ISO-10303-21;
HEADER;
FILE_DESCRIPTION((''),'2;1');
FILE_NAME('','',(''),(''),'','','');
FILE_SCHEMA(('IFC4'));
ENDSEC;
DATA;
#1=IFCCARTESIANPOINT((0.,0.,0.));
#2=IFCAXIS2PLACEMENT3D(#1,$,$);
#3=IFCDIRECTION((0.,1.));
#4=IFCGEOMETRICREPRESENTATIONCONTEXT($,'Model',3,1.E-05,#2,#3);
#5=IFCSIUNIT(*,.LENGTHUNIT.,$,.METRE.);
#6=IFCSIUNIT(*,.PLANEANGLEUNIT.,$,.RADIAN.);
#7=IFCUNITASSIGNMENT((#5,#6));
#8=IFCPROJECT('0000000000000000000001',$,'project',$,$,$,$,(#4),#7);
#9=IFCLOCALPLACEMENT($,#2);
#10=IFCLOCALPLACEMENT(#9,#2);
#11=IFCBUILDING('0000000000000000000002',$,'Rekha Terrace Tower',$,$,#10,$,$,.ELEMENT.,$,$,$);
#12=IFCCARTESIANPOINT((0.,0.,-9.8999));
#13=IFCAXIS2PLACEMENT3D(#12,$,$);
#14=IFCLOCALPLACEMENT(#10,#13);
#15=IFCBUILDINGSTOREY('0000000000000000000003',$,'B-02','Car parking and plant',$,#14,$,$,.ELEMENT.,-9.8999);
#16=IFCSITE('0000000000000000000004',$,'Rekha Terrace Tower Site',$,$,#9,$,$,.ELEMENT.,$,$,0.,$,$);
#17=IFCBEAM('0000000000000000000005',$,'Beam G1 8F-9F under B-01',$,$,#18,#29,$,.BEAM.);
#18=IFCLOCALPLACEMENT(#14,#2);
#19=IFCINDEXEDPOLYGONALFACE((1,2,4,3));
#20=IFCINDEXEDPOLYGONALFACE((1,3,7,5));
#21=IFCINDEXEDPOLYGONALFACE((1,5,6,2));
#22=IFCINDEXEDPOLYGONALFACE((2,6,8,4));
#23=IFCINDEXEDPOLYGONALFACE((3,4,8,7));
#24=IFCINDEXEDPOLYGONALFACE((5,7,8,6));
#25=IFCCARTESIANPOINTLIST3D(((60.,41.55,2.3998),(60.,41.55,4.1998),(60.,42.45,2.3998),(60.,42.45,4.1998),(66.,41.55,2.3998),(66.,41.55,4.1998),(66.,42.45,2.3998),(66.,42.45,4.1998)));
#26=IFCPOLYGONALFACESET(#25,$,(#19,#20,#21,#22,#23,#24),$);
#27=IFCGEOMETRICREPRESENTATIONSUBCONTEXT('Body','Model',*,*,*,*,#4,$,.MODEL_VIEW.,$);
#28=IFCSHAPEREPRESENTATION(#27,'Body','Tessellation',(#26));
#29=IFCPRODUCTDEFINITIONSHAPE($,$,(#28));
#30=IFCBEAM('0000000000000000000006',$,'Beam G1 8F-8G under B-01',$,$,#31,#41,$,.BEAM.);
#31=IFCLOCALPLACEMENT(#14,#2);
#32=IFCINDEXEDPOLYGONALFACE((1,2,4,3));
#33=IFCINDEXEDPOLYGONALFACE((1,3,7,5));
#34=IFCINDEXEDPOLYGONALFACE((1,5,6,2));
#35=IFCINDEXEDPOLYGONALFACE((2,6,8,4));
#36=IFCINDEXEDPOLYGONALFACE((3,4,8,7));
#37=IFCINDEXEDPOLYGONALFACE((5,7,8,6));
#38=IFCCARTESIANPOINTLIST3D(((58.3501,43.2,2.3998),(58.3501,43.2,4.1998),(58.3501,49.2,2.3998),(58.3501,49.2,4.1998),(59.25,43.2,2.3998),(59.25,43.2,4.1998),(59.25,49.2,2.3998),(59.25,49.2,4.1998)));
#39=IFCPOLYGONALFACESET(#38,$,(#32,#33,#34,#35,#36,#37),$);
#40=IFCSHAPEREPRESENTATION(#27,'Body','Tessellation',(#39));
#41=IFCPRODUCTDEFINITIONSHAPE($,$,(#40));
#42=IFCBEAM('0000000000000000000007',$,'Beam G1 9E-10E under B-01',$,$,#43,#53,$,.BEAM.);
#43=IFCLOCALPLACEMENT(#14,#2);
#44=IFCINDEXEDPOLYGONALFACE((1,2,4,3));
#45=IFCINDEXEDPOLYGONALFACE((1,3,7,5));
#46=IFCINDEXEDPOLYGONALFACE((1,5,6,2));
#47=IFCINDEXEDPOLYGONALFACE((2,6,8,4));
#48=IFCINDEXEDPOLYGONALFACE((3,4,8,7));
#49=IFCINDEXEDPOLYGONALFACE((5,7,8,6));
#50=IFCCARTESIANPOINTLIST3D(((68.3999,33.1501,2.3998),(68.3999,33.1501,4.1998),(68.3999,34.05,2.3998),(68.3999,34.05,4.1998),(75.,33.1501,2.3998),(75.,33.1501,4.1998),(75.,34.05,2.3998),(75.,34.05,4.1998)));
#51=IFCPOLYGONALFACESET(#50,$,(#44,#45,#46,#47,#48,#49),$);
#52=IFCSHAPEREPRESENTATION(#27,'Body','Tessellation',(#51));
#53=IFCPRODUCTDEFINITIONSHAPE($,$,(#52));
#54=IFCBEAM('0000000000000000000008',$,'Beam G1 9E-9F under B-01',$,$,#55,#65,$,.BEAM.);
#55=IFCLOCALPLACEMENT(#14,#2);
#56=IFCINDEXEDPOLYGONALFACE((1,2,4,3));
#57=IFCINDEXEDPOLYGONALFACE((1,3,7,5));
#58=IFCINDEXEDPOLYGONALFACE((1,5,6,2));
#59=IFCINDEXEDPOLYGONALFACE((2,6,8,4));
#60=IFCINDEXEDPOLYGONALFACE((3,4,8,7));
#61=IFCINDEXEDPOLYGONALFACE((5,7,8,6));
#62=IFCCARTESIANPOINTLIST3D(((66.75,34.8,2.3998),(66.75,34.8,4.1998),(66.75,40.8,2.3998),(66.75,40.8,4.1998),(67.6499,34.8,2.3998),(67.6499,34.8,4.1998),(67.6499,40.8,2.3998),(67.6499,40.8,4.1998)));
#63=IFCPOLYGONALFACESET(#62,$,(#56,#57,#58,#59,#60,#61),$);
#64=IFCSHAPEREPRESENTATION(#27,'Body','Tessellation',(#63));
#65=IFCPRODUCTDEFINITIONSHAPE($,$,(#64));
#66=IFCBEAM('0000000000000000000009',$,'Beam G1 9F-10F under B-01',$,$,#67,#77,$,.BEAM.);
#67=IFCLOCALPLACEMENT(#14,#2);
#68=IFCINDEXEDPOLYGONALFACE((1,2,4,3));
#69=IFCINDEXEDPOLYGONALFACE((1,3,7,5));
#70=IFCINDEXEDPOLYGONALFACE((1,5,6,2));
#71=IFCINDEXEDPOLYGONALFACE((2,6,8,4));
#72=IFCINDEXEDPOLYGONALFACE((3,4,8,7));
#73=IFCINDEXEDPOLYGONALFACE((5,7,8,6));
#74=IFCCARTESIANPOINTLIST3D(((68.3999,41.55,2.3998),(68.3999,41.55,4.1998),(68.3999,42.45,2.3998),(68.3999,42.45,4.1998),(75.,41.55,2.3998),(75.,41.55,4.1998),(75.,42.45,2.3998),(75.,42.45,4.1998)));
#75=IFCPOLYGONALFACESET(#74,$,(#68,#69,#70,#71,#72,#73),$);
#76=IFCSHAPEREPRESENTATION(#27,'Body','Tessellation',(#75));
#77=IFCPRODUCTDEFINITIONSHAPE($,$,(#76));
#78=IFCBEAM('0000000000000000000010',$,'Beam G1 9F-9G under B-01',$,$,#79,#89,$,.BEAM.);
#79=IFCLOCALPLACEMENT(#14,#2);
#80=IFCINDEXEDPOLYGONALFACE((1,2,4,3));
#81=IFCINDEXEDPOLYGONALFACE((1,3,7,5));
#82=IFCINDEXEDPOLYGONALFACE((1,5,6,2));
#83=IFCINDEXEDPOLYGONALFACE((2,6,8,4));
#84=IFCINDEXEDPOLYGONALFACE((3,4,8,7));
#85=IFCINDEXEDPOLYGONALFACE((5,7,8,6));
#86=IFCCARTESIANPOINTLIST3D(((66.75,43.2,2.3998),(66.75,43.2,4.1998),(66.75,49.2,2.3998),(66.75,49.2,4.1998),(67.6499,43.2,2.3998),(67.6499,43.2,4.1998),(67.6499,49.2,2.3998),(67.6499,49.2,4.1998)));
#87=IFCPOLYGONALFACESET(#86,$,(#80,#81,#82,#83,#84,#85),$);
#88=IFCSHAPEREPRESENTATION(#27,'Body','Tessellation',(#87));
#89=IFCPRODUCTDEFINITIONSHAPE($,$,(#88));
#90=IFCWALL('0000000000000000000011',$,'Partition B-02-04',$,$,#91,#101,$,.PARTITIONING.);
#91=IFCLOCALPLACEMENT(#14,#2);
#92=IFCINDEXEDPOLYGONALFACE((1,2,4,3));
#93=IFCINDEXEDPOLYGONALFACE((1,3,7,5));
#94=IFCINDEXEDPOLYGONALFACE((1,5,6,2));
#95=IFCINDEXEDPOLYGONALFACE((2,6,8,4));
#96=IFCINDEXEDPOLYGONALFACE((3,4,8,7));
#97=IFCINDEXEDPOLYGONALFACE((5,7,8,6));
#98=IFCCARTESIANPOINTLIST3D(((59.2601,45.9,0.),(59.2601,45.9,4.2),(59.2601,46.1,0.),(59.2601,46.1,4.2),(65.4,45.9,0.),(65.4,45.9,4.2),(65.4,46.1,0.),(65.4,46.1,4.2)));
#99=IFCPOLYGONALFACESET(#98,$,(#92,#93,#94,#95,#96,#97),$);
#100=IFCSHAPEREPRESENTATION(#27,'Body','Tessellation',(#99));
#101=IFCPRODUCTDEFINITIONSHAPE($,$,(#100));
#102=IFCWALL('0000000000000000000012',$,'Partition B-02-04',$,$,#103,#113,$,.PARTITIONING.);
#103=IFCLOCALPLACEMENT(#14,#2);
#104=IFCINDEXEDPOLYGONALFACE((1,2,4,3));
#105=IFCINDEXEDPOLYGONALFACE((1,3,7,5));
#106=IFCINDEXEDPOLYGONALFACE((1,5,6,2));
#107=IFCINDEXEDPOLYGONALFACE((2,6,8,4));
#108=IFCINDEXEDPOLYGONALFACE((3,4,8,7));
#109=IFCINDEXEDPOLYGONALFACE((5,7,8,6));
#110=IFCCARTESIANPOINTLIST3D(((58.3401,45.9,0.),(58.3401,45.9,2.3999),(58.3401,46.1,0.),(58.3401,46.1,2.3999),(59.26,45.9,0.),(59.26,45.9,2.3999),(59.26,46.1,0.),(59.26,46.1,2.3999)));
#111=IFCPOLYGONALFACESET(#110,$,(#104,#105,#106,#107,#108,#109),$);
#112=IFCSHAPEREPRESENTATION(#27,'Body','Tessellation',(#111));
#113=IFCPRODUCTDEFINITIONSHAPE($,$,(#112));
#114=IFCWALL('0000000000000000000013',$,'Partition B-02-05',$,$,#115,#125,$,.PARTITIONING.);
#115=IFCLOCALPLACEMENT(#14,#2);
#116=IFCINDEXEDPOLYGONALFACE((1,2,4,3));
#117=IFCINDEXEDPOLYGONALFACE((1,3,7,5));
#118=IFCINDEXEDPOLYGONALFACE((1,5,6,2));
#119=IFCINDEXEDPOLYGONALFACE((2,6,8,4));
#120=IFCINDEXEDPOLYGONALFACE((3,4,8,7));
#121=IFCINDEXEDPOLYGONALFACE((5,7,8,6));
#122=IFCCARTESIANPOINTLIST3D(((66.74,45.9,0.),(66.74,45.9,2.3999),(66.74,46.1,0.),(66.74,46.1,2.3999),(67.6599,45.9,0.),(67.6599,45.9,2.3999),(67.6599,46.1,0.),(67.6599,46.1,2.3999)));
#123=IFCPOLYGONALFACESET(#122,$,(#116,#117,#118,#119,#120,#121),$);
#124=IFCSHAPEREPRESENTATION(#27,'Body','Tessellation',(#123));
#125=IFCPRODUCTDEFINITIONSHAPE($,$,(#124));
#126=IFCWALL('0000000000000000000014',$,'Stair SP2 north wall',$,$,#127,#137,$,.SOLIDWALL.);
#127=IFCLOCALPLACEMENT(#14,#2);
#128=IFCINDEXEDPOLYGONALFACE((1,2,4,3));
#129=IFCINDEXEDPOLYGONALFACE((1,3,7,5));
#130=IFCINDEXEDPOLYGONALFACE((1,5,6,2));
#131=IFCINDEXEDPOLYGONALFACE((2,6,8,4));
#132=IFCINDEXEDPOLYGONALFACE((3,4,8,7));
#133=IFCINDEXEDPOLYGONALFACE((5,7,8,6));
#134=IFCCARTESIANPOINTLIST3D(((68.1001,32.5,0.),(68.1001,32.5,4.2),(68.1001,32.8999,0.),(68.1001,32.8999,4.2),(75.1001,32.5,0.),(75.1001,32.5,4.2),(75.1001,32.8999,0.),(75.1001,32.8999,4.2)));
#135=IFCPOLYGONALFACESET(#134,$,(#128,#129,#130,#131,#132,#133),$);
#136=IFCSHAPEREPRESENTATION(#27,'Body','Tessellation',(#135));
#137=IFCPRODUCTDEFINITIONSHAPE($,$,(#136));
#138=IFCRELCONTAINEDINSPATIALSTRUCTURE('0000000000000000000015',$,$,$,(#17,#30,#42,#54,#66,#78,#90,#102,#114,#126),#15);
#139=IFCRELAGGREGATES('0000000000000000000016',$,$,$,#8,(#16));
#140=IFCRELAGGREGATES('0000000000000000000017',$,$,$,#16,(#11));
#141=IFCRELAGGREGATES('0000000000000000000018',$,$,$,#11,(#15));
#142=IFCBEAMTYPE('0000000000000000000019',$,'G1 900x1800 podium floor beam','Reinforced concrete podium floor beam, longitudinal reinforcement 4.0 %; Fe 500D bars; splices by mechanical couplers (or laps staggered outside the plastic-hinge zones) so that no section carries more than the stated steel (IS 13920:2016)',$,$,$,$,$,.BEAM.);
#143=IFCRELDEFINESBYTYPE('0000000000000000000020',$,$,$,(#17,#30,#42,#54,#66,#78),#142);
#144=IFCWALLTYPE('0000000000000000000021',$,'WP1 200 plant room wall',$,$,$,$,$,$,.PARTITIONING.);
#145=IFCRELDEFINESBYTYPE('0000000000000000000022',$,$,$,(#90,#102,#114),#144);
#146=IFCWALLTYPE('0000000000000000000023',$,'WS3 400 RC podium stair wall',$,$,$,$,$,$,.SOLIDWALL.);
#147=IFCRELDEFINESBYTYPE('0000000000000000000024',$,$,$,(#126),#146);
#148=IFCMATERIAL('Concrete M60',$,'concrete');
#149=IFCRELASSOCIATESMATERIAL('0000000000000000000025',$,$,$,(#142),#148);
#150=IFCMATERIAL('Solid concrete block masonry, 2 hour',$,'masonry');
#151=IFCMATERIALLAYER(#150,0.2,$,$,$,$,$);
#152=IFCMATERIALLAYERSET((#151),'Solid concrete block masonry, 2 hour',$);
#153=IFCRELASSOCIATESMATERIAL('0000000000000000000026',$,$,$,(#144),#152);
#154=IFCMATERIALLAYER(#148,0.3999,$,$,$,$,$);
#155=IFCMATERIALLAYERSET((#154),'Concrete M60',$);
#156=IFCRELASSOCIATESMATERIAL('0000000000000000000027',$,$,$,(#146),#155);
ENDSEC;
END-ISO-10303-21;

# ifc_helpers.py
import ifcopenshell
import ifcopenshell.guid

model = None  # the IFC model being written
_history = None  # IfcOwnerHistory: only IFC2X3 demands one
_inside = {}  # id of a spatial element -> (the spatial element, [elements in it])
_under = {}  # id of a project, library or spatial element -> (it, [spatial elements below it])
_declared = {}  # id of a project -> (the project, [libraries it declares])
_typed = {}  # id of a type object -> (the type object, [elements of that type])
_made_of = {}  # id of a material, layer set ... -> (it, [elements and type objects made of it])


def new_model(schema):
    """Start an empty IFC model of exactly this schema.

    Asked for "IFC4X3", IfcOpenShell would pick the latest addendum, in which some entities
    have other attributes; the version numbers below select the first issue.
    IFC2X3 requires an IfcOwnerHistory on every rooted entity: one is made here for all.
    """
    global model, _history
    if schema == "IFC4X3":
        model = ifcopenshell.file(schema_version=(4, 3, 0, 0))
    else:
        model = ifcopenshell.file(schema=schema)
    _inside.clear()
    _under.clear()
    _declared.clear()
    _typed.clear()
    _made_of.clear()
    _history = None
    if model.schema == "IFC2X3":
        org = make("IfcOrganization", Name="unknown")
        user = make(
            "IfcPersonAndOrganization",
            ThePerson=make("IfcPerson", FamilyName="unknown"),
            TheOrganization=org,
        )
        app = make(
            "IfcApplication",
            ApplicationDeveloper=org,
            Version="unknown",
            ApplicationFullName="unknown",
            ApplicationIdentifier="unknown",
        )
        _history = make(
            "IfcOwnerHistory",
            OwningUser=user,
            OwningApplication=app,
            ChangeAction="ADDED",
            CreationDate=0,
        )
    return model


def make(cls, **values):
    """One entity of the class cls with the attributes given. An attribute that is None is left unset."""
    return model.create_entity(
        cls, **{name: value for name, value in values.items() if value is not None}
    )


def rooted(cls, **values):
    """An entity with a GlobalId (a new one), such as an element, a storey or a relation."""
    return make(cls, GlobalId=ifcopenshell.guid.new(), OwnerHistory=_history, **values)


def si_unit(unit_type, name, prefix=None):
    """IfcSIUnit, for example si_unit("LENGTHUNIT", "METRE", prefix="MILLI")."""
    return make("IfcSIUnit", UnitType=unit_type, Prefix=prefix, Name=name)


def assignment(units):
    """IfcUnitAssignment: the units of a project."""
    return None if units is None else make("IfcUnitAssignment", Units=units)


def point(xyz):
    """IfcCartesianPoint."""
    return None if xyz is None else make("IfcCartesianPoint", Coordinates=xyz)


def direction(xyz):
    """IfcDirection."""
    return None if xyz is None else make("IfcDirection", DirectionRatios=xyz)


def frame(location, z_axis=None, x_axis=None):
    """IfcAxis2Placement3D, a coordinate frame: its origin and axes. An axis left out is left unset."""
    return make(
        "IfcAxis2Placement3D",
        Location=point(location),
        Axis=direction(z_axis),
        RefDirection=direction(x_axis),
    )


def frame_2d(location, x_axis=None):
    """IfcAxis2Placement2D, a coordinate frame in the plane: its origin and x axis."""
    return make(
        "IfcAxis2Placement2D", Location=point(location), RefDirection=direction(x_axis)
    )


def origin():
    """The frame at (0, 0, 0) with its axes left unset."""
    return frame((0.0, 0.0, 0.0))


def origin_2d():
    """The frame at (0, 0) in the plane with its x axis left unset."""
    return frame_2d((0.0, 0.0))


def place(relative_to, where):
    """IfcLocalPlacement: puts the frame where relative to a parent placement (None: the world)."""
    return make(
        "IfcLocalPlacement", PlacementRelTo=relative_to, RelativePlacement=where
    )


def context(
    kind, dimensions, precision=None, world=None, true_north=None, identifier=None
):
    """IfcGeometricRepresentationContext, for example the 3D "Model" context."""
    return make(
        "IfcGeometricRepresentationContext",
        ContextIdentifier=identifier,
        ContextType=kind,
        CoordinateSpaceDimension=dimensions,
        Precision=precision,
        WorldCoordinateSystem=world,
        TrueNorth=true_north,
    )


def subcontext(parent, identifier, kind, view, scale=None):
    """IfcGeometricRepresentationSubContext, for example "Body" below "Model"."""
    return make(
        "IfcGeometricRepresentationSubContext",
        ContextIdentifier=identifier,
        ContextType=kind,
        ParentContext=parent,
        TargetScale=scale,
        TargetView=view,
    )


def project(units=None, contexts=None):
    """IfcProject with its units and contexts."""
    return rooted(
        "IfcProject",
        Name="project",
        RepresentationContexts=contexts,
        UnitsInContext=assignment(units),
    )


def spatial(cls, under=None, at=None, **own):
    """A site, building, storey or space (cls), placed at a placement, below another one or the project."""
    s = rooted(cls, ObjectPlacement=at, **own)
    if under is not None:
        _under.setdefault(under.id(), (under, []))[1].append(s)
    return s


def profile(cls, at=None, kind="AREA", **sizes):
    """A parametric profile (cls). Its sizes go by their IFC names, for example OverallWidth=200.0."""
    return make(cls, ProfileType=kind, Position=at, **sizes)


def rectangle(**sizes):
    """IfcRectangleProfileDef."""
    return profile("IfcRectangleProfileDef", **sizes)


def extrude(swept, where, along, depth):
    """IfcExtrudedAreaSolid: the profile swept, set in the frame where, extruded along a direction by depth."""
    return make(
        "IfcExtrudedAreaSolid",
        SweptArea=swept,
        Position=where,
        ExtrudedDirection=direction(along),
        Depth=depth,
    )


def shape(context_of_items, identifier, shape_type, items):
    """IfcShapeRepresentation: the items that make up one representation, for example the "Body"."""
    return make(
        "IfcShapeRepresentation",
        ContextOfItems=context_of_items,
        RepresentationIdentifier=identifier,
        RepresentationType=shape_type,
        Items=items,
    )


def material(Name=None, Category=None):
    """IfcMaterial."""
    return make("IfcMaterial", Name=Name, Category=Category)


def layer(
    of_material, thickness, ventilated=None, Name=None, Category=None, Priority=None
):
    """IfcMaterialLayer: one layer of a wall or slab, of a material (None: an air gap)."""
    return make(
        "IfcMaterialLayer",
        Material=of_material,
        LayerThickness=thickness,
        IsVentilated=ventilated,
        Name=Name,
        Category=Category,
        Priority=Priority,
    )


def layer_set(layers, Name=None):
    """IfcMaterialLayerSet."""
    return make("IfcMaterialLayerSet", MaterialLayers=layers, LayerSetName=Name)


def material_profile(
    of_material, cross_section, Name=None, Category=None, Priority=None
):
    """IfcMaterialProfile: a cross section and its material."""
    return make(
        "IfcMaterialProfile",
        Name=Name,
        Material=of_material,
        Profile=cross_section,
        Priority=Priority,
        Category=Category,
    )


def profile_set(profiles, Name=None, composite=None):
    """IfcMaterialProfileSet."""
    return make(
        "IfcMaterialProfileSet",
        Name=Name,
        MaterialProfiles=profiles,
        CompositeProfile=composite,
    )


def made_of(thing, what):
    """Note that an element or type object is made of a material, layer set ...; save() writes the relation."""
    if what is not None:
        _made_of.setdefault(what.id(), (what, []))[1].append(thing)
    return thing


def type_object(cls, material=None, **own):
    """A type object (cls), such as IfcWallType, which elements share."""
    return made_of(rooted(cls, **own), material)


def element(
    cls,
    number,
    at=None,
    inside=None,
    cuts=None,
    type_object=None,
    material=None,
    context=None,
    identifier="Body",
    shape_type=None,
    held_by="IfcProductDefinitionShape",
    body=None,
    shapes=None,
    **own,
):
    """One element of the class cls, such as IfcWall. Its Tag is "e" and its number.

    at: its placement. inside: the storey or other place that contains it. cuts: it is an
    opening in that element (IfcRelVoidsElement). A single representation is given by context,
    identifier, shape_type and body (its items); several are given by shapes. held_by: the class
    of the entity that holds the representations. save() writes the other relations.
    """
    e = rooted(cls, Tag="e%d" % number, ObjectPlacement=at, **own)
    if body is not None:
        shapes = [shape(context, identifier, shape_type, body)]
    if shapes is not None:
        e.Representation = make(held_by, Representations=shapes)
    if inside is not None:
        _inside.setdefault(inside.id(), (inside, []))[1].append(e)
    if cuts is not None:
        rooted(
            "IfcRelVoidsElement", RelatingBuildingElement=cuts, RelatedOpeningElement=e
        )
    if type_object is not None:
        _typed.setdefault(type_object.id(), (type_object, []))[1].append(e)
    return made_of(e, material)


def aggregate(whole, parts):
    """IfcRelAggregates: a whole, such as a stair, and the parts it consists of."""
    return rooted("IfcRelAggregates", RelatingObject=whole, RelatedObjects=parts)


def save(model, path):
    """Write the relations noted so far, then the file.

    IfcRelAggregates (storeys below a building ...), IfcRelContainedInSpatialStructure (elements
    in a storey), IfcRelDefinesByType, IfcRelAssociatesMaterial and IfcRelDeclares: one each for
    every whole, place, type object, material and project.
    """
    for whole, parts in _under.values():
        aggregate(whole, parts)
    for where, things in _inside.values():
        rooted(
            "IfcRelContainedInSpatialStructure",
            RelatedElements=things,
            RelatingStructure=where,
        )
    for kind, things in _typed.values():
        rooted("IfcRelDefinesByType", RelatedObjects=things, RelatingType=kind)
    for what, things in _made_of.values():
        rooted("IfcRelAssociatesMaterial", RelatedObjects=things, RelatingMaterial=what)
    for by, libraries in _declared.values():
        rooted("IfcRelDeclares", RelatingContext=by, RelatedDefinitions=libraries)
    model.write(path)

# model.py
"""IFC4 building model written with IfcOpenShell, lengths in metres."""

from ifc_helpers import new_model, si_unit, direction, frame, frame_2d, origin, origin_2d, place, context, subcontext, project, spatial, rectangle, extrude, material, layer, layer_set, material_profile, profile_set, type_object, element, save


model = new_model("IFC4")

# Units and contexts
model_context = context("Model", 3, precision=1e-05, world=origin(), true_north=direction((0.0, 1.0)))
body_context = subcontext(model_context, "Body", "Model", "MODEL_VIEW")
ifc_project = project(units=[si_unit("LENGTHUNIT", "METRE"), si_unit("PLANEANGLEUNIT", "RADIAN")], contexts=[model_context])

# Site, building, storey
site_placement = place(None, origin())
site = spatial("IfcSite", under=ifc_project, at=site_placement, Name="Rekha Terrace Tower Site", CompositionType="ELEMENT", RefElevation=0.0)
building_placement = place(site_placement, origin())
building = spatial("IfcBuilding", under=site, at=building_placement, Name="Rekha Terrace Tower", CompositionType="ELEMENT")
storey_placement = place(building_placement, frame((0.0, 0.0, -9.8999)))
storey = spatial("IfcBuildingStorey", under=building, at=storey_placement, Name="B-02", Description="Car parking and plant", CompositionType="ELEMENT", Elevation=-9.8999)

# Shared definitions
ifc_material_1 = material(Name="Concrete M60", Category="concrete")

# Beams
ifc_material_profile_1 = material_profile(ifc_material_1, rectangle(XDim=0.8999, YDim=1.8, at=origin_2d()), Name="RC 900x1800")
ifc_profile_set_1 = profile_set([ifc_material_profile_1], Name="Concrete M60")
beam_type = type_object("IfcBeamType", Name="G1 900x1800 podium floor beam", Description="Reinforced concrete podium floor beam, longitudinal reinforcement 4.0 %; Fe 500D bars; splices by mechanical couplers (or laps staggered outside the plastic-hinge zones) so that no section carries more than the stated steel (IS 13920:2016)", PredefinedType="BEAM", material=ifc_profile_set_1)
for number, where, z_axis, x_axis, name in (
    (1, (60.0, 42.0, 3.2998), (1.0, 0.0, 0.0), (0.0, 1.0, 0.0), "Beam G1 8F-9F under B-01"),
    (2, (58.8, 43.2, 3.2998), (0.0, 1.0, 0.0), (-1.0, 0.0, 0.0), "Beam G1 8F-8G under B-01"),
):
    element("IfcBeam", number, at=place(storey_placement, frame(where, z_axis=z_axis, x_axis=x_axis)), inside=storey, type_object=beam_type, Name=name, PredefinedType="BEAM", context=body_context, shape_type="SweptSolid", body=[
        extrude(rectangle(XDim=0.8999, YDim=1.8, at=origin_2d()), origin(), (0.0, 0.0, 1.0), 6.0),
    ])
beam_1_placement = place(storey_placement, frame((68.3999, 33.6001, 3.2998), z_axis=(1.0, 0.0, 0.0), x_axis=(0.0, 1.0, 0.0)))
element("IfcBeam", 3, at=beam_1_placement, inside=storey, type_object=beam_type, Name="Beam G1 9E-10E under B-01", PredefinedType="BEAM", context=body_context, shape_type="SweptSolid", body=[
    extrude(rectangle(XDim=0.8999, YDim=1.8, at=origin_2d()), origin(), (0.0, 0.0, 1.0), 6.6001),
])
beam_2_placement = place(storey_placement, frame((67.2, 34.8, 3.2998), z_axis=(0.0, 1.0, 0.0), x_axis=(-1.0, 0.0, 0.0)))
element("IfcBeam", 4, at=beam_2_placement, inside=storey, type_object=beam_type, Name="Beam G1 9E-9F under B-01", PredefinedType="BEAM", context=body_context, shape_type="SweptSolid", body=[
    extrude(rectangle(XDim=0.8999, YDim=1.8, at=origin_2d()), origin(), (0.0, 0.0, 1.0), 6.0),
])
beam_3_placement = place(storey_placement, frame((68.3999, 42.0, 3.2998), z_axis=(1.0, 0.0, 0.0), x_axis=(0.0, 1.0, 0.0)))
element("IfcBeam", 5, at=beam_3_placement, inside=storey, type_object=beam_type, Name="Beam G1 9F-10F under B-01", PredefinedType="BEAM", context=body_context, shape_type="SweptSolid", body=[
    extrude(rectangle(XDim=0.8999, YDim=1.8, at=origin_2d()), origin(), (0.0, 0.0, 1.0), 6.6001),
])
beam_4_placement = place(storey_placement, frame((67.2, 43.2, 3.2998), z_axis=(0.0, 1.0, 0.0), x_axis=(-1.0, 0.0, 0.0)))
element("IfcBeam", 6, at=beam_4_placement, inside=storey, type_object=beam_type, Name="Beam G1 9F-9G under B-01", PredefinedType="BEAM", context=body_context, shape_type="SweptSolid", body=[
    extrude(rectangle(XDim=0.8999, YDim=1.8, at=origin_2d()), origin(), (0.0, 0.0, 1.0), 6.0),
])

# Walls
ifc_material_2 = material(Name="Solid concrete block masonry, 2 hour", Category="masonry")
ifc_layer_1 = layer(ifc_material_2, 0.2)
ifc_layer_set_1 = layer_set([ifc_layer_1], Name="Solid concrete block masonry, 2 hour")
wall_type_1 = type_object("IfcWallType", Name="WP1 200 plant room wall", PredefinedType="PARTITIONING", material=ifc_layer_set_1)
wall_1_placement = place(storey_placement, frame((65.3999, 46.0, 0.0), z_axis=(0.0, 0.0, 1.0), x_axis=(-1.0, 0.0, 0.0)))
element("IfcWall", 7, at=wall_1_placement, inside=storey, type_object=wall_type_1, Name="Partition B-02-04", PredefinedType="PARTITIONING", context=body_context, shape_type="SweptSolid", body=[
    extrude(rectangle(XDim=6.1399, YDim=0.2, at=frame_2d((3.0698, 0.0))), origin(), (0.0, 0.0, 1.0), 4.2),
])
for number, where, z_axis, x_axis, name in (
    (8, (59.26, 46.0, 0.0), (0.0, 0.0, 1.0), (-1.0, 0.0, 0.0), "Partition B-02-04"),
    (9, (67.6599, 46.0, 0.0), (0.0, 0.0, 1.0), (-1.0, 0.0, 0.0), "Partition B-02-05"),
):
    element("IfcWall", number, at=place(storey_placement, frame(where, z_axis=z_axis, x_axis=x_axis)), inside=storey, type_object=wall_type_1, Name=name, PredefinedType="PARTITIONING", context=body_context, shape_type="SweptSolid", body=[
        extrude(rectangle(XDim=0.9199, YDim=0.2, at=frame_2d((0.46, 0.0))), origin(), (0.0, 0.0, 1.0), 2.3999),
    ])
ifc_layer_2 = layer(ifc_material_1, 0.3999)
ifc_layer_set_2 = layer_set([ifc_layer_2], Name="Concrete M60")
wall_type_2 = type_object("IfcWallType", Name="WS3 400 RC podium stair wall", PredefinedType="SOLIDWALL", material=ifc_layer_set_2)
wall_2_placement = place(storey_placement, frame((68.1001, 32.7, 0.0), z_axis=(0.0, 0.0, 1.0), x_axis=(1.0, 0.0, 0.0)))
element("IfcWall", 10, at=wall_2_placement, inside=storey, type_object=wall_type_2, Name="Stair SP2 north wall", PredefinedType="SOLIDWALL", context=body_context, shape_type="SweptSolid", body=[
    extrude(rectangle(XDim=7.0, YDim=0.3999, at=frame_2d((3.5, 0.0))), origin(), (0.0, 0.0, 1.0), 4.2),
])

save(model, "model.ifc")
